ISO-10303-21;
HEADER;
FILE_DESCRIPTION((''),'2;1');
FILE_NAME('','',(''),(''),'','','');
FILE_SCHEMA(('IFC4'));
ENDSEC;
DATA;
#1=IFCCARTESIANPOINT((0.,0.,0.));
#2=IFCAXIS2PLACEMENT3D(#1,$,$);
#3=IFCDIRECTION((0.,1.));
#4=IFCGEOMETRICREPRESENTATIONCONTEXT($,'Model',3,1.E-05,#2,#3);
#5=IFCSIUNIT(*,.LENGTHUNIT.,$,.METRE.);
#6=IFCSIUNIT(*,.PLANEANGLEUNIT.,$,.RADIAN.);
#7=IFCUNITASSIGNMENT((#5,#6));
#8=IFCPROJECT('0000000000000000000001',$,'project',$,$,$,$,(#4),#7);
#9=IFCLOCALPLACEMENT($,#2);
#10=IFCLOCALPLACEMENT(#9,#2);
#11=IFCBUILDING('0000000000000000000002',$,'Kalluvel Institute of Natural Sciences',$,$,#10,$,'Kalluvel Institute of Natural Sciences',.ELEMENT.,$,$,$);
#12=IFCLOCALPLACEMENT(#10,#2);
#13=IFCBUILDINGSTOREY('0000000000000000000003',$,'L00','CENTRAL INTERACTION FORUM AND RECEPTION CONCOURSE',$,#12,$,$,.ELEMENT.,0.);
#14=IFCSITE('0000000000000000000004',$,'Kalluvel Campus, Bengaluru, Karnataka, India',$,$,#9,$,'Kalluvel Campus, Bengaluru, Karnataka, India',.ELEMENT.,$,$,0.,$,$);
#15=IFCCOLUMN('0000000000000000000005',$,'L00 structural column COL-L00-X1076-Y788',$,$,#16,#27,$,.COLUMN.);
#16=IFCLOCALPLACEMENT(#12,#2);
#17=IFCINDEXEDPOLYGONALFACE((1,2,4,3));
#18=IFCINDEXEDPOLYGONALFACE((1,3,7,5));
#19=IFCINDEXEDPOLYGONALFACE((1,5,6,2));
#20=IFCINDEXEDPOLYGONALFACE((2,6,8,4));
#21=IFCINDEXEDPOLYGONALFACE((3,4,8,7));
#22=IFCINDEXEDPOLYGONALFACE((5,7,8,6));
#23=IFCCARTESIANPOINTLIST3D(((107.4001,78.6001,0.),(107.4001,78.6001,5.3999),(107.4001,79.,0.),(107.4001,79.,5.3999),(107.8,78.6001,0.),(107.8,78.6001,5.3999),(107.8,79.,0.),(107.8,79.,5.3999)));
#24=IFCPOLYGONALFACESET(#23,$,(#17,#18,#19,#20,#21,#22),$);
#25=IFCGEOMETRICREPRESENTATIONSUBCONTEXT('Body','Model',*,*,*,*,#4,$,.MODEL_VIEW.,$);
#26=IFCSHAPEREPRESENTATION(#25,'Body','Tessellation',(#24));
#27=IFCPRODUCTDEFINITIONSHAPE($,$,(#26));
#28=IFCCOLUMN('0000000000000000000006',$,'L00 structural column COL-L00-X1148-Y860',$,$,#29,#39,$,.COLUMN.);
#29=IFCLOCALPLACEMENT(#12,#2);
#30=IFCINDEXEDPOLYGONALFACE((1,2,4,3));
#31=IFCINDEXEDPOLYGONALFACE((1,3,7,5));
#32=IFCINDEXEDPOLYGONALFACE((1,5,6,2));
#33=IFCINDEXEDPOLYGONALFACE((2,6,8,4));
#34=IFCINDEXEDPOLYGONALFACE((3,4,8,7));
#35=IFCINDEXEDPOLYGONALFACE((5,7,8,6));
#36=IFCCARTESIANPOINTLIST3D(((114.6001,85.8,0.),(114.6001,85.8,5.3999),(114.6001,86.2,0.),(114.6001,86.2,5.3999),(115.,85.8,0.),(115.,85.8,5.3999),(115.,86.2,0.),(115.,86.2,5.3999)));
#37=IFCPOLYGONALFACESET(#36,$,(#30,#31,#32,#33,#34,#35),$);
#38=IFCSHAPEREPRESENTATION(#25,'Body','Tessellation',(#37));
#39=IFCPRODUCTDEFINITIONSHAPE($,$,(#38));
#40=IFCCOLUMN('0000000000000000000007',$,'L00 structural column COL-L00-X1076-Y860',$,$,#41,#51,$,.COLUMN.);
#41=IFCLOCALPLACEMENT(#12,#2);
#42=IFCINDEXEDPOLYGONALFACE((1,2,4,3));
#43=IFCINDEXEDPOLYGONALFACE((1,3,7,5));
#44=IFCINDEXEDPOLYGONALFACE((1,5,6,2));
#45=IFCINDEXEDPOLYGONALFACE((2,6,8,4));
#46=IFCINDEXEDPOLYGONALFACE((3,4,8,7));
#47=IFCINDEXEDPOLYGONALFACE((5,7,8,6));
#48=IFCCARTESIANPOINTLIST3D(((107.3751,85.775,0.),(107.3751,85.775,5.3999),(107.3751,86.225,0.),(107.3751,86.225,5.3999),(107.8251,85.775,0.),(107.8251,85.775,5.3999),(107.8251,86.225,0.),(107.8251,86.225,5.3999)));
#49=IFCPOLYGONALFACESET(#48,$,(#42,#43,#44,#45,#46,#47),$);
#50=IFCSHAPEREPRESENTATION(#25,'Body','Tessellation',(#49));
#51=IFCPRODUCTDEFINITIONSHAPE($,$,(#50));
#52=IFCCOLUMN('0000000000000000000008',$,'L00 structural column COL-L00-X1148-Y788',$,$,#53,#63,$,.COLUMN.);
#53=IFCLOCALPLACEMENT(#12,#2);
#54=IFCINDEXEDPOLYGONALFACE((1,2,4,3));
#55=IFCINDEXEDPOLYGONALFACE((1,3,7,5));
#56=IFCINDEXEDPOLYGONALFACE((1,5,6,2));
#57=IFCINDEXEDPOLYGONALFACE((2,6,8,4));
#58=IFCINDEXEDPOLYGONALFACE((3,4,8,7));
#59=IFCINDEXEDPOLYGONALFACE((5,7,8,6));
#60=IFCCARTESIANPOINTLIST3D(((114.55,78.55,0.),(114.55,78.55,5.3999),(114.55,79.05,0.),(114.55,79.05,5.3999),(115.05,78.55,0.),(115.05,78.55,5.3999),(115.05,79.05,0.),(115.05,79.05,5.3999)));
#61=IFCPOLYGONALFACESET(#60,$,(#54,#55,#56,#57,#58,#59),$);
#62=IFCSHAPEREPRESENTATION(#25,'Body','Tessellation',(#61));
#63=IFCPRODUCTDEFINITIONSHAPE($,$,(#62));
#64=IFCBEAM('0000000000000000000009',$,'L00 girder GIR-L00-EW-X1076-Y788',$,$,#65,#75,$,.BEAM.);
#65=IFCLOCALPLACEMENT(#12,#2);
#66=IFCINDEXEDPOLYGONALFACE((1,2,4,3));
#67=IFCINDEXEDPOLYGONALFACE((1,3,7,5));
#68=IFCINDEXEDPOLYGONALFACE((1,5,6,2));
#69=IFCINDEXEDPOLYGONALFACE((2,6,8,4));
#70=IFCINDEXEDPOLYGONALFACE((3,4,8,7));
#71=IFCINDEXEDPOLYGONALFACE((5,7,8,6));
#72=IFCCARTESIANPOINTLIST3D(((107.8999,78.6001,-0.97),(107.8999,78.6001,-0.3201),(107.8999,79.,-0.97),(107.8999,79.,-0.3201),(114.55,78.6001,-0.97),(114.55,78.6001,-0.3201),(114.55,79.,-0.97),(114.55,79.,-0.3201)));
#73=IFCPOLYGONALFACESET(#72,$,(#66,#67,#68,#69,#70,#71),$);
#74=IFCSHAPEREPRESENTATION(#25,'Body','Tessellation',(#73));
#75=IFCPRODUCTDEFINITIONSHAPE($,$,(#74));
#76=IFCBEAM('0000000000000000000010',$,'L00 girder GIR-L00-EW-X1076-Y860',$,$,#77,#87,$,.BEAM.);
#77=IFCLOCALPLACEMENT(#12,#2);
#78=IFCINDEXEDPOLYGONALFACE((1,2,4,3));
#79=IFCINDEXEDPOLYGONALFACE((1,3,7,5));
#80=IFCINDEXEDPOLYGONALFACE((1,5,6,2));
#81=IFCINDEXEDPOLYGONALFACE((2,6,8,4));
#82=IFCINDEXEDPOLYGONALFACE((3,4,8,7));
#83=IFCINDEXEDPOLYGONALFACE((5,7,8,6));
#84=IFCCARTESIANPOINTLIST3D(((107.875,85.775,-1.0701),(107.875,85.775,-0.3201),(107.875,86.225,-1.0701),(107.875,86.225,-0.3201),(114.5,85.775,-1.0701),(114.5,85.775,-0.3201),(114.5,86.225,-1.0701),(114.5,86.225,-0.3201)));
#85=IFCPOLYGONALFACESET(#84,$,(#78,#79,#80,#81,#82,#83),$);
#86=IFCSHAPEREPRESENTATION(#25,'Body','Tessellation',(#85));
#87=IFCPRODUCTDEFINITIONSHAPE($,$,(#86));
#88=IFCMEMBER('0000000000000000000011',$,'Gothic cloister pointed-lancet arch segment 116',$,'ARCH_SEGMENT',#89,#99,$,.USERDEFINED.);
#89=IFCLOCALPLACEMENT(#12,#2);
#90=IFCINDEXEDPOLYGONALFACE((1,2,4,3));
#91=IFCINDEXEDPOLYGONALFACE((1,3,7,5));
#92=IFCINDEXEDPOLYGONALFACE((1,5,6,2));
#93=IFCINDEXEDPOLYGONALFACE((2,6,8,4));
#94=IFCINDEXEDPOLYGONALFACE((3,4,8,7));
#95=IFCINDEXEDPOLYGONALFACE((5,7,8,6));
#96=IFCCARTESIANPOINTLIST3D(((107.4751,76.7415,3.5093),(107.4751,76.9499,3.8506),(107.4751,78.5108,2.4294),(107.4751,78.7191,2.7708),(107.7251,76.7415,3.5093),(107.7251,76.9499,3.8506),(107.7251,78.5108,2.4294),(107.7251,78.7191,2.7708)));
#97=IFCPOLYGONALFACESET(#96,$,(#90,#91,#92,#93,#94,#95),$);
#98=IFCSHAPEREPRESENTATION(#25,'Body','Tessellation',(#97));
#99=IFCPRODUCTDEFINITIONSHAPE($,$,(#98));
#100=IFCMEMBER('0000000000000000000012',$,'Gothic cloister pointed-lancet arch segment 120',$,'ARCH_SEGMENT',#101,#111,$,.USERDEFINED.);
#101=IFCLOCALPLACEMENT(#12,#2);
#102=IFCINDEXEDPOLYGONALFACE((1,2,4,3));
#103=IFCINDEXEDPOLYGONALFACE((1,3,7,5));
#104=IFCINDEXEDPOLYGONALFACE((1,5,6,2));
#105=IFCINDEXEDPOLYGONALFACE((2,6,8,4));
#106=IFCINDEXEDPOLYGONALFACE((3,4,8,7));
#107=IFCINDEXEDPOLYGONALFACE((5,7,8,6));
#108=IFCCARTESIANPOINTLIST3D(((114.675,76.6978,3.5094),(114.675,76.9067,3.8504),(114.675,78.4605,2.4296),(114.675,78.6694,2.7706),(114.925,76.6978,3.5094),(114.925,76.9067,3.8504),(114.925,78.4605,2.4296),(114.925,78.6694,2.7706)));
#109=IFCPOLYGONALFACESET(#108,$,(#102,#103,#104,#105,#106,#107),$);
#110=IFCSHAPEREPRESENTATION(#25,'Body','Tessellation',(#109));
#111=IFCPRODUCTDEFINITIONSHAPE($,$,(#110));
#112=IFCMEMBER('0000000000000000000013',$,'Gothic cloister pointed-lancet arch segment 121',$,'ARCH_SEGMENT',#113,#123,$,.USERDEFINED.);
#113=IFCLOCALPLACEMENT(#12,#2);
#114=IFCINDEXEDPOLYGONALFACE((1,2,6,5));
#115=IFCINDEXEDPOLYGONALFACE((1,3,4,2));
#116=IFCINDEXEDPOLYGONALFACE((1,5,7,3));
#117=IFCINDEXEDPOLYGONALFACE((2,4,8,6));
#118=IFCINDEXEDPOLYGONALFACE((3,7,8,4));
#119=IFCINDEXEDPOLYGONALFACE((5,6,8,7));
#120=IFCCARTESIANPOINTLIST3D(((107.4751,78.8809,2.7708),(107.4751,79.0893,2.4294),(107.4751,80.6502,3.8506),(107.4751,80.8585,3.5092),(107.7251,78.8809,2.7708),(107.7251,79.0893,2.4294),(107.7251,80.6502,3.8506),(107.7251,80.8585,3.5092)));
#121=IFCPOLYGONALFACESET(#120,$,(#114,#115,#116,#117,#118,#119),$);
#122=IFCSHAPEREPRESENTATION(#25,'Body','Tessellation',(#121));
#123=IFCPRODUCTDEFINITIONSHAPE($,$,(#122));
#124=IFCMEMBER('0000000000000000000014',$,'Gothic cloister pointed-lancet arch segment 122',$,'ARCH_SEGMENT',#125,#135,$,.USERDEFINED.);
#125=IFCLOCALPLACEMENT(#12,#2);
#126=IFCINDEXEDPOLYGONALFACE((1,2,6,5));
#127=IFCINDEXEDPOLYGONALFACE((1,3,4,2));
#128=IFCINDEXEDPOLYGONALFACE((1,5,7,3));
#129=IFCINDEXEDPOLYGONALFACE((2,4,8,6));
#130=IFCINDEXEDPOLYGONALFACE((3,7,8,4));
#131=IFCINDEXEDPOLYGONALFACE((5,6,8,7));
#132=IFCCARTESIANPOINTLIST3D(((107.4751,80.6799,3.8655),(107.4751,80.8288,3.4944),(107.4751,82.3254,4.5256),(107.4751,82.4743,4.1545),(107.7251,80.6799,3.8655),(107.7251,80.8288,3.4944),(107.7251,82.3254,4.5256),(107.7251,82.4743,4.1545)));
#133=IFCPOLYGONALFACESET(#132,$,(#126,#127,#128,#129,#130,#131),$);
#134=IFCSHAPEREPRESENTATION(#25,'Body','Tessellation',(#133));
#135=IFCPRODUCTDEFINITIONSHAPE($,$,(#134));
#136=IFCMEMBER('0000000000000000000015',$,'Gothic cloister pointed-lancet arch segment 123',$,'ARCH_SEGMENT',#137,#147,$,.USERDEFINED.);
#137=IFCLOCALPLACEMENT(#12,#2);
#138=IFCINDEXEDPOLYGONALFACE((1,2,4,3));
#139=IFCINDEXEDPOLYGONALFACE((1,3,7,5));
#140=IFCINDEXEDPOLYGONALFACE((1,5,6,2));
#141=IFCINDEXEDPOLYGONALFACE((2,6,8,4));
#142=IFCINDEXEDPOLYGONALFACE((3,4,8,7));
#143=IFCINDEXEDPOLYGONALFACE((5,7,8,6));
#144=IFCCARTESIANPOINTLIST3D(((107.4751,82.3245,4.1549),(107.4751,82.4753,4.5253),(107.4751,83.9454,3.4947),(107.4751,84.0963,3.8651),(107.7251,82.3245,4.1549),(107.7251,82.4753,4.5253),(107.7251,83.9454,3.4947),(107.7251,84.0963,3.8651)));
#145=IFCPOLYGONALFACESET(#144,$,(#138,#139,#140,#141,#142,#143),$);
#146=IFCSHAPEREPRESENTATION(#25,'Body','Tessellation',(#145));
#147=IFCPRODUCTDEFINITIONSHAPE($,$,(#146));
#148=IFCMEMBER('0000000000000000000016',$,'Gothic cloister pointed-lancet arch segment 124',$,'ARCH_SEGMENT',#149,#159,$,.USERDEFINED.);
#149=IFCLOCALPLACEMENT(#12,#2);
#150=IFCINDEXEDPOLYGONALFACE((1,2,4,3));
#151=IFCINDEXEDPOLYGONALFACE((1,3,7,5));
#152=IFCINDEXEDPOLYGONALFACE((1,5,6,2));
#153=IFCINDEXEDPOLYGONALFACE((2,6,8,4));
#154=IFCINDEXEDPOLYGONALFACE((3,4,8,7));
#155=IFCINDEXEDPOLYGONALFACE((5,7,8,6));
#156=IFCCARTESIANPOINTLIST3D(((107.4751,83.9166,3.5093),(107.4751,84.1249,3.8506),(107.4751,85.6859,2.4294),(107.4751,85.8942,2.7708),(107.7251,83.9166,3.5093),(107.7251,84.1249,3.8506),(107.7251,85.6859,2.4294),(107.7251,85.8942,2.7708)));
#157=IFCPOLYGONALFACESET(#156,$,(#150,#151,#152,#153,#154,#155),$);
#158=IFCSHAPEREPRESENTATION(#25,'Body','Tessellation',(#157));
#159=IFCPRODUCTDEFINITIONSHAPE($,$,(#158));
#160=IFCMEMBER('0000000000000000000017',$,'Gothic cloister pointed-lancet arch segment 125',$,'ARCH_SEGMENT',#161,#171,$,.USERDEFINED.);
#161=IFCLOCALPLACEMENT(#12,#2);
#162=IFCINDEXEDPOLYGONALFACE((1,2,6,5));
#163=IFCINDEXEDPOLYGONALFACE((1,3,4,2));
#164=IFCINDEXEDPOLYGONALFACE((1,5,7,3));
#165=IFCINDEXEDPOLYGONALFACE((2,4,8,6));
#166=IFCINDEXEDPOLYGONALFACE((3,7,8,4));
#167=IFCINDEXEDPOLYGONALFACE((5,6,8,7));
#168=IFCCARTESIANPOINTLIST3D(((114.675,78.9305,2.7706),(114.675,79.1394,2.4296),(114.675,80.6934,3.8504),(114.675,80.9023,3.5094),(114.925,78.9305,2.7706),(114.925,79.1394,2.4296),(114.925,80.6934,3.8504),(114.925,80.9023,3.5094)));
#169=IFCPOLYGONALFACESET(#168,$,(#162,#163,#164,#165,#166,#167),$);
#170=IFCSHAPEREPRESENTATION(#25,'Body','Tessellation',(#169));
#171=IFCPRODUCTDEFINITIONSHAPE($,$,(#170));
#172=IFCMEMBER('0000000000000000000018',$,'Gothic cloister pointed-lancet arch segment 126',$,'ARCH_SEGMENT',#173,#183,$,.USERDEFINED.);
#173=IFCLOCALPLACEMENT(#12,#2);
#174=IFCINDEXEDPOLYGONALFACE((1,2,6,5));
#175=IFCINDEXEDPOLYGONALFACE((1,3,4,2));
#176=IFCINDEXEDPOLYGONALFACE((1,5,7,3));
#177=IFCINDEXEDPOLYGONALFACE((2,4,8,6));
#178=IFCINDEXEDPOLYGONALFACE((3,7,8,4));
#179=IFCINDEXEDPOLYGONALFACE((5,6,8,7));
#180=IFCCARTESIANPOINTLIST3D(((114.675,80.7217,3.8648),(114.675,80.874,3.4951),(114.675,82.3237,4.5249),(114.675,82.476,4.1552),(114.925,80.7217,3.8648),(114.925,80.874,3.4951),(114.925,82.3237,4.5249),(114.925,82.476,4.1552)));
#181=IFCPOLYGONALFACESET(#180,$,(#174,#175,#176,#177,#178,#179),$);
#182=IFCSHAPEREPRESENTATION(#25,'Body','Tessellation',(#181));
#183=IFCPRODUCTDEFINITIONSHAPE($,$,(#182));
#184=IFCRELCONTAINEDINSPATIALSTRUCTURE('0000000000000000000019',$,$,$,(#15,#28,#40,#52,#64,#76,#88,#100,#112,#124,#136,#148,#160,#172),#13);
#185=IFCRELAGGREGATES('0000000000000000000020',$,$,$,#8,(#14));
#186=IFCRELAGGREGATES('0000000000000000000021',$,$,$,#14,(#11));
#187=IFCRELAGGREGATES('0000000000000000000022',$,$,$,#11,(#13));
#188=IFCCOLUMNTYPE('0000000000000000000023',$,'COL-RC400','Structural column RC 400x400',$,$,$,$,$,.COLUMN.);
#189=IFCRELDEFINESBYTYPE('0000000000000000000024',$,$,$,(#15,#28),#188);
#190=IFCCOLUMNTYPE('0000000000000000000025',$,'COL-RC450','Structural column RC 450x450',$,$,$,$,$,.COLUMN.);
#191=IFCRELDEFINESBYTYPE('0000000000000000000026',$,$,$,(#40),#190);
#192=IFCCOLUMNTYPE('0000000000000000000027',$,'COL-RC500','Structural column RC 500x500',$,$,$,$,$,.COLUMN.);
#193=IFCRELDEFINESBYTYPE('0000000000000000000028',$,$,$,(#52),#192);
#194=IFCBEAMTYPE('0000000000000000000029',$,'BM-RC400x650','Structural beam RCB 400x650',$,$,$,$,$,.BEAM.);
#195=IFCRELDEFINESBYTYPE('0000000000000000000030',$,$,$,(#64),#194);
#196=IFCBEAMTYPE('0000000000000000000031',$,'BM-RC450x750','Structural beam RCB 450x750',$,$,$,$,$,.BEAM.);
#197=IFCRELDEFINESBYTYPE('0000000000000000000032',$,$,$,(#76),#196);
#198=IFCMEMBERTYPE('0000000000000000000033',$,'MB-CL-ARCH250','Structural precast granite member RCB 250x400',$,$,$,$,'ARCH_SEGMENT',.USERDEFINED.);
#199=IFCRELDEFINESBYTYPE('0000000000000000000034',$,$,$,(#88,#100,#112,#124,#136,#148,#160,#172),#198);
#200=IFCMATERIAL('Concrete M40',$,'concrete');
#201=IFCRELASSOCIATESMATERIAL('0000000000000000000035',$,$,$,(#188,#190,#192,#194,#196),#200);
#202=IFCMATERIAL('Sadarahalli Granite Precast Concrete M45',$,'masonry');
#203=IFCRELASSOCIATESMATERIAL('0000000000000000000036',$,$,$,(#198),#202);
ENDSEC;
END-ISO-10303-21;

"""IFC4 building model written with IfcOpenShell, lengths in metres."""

from ifc_helpers import new_model, si_unit, direction, frame, origin, origin_2d, place, context, subcontext, project, spatial, rectangle, extrude, material, material_profile, profile_set, type_object, element, save


model = new_model("IFC4")

# Units and contexts
model_context = context("Model", 3, precision=1e-05, world=origin(), true_north=direction((0.0, 1.0)))
body_context = subcontext(model_context, "Body", "Model", "MODEL_VIEW")
ifc_project = project(units=[si_unit("LENGTHUNIT", "METRE"), si_unit("PLANEANGLEUNIT", "RADIAN")], contexts=[model_context])

# Site, building, storey
site_placement = place(None, origin())
site = spatial("IfcSite", under=ifc_project, at=site_placement, Name="Kalluvel Campus, Bengaluru, Karnataka, India", LongName="Kalluvel Campus, Bengaluru, Karnataka, India", CompositionType="ELEMENT", RefElevation=0.0)
building_placement = place(site_placement, origin())
building = spatial("IfcBuilding", under=site, at=building_placement, Name="Kalluvel Institute of Natural Sciences", LongName="Kalluvel Institute of Natural Sciences", CompositionType="ELEMENT")
storey_placement = place(building_placement, origin())
storey = spatial("IfcBuildingStorey", under=building, at=storey_placement, Name="L00", Description="CENTRAL INTERACTION FORUM AND RECEPTION CONCOURSE", CompositionType="ELEMENT", Elevation=0.0)

# Columns
ifc_material_1 = material(Name="Concrete M40", Category="concrete")
ifc_material_profile_1 = material_profile(ifc_material_1, rectangle(XDim=0.3999, YDim=0.3999, at=origin_2d()), Name="RC 400x400")
ifc_profile_set_1 = profile_set([ifc_material_profile_1], Name="Concrete M40")
column_type_1 = type_object("IfcColumnType", Name="COL-RC400", Description="Structural column RC 400x400", PredefinedType="COLUMN", material=ifc_profile_set_1)
for number, where, z_axis, x_axis, name in (
    (1, (107.6001, 78.8, 0.0), (0.0, 0.0, 1.0), (1.0, 0.0, 0.0), "L00 structural column COL-L00-X1076-Y788"),
    (2, (114.8, 86.0, 0.0), (0.0, 0.0, 1.0), (1.0, 0.0, 0.0), "L00 structural column COL-L00-X1148-Y860"),
):
    element("IfcColumn", number, at=place(storey_placement, frame(where, z_axis=z_axis, x_axis=x_axis)), inside=storey, type_object=column_type_1, Name=name, PredefinedType="COLUMN", context=body_context, shape_type="SweptSolid", body=[
        extrude(rectangle(XDim=0.3999, YDim=0.3999, at=origin_2d()), origin(), (0.0, 0.0, 1.0), 5.3999),
    ])
ifc_material_profile_2 = material_profile(ifc_material_1, rectangle(XDim=0.45, YDim=0.45, at=origin_2d()), Name="RC 450x450")
ifc_profile_set_2 = profile_set([ifc_material_profile_2], Name="Concrete M40")
column_type_2 = type_object("IfcColumnType", Name="COL-RC450", Description="Structural column RC 450x450", PredefinedType="COLUMN", material=ifc_profile_set_2)
column_1_placement = place(storey_placement, frame((107.6001, 86.0, 0.0), z_axis=(0.0, 0.0, 1.0), x_axis=(1.0, 0.0, 0.0)))
element("IfcColumn", 3, at=column_1_placement, inside=storey, type_object=column_type_2, Name="L00 structural column COL-L00-X1076-Y860", PredefinedType="COLUMN", context=body_context, shape_type="SweptSolid", body=[
    extrude(rectangle(XDim=0.45, YDim=0.45, at=origin_2d()), origin(), (0.0, 0.0, 1.0), 5.3999),
])
ifc_material_profile_3 = material_profile(ifc_material_1, rectangle(XDim=0.5, YDim=0.5, at=origin_2d()), Name="RC 500x500")
ifc_profile_set_3 = profile_set([ifc_material_profile_3], Name="Concrete M40")
column_type_3 = type_object("IfcColumnType", Name="COL-RC500", Description="Structural column RC 500x500", PredefinedType="COLUMN", material=ifc_profile_set_3)
column_2_placement = place(storey_placement, frame((114.8, 78.8, 0.0), z_axis=(0.0, 0.0, 1.0), x_axis=(1.0, 0.0, 0.0)))
element("IfcColumn", 4, at=column_2_placement, inside=storey, type_object=column_type_3, Name="L00 structural column COL-L00-X1148-Y788", PredefinedType="COLUMN", context=body_context, shape_type="SweptSolid", body=[
    extrude(rectangle(XDim=0.5, YDim=0.5, at=origin_2d()), origin(), (0.0, 0.0, 1.0), 5.3999),
])

# Beams
ifc_material_profile_4 = material_profile(ifc_material_1, rectangle(XDim=0.3999, YDim=0.6499, at=origin_2d()), Name="RCB 400x650")
ifc_profile_set_4 = profile_set([ifc_material_profile_4], Name="Concrete M40")
beam_type_1 = type_object("IfcBeamType", Name="BM-RC400x650", Description="Structural beam RCB 400x650", PredefinedType="BEAM", material=ifc_profile_set_4)
beam_1_placement = place(storey_placement, frame((107.8999, 78.8, -0.645), z_axis=(1.0, 0.0, 0.0), x_axis=(0.0, 1.0, 0.0)))
element("IfcBeam", 5, at=beam_1_placement, inside=storey, type_object=beam_type_1, Name="L00 girder GIR-L00-EW-X1076-Y788", PredefinedType="BEAM", context=body_context, shape_type="SweptSolid", body=[
    extrude(rectangle(XDim=0.3999, YDim=0.6499, at=origin_2d()), origin(), (0.0, 0.0, 1.0), 6.6501),
])
ifc_material_profile_5 = material_profile(ifc_material_1, rectangle(XDim=0.45, YDim=0.75, at=origin_2d()), Name="RCB 450x750")
ifc_profile_set_5 = profile_set([ifc_material_profile_5], Name="Concrete M40")
beam_type_2 = type_object("IfcBeamType", Name="BM-RC450x750", Description="Structural beam RCB 450x750", PredefinedType="BEAM", material=ifc_profile_set_5)
beam_2_placement = place(storey_placement, frame((107.875, 86.0, -0.6951), z_axis=(1.0, 0.0, 0.0), x_axis=(0.0, 1.0, 0.0)))
element("IfcBeam", 6, at=beam_2_placement, inside=storey, type_object=beam_type_2, Name="L00 girder GIR-L00-EW-X1076-Y860", PredefinedType="BEAM", context=body_context, shape_type="SweptSolid", body=[
    extrude(rectangle(XDim=0.45, YDim=0.75, at=origin_2d()), origin(), (0.0, 0.0, 1.0), 6.625),
])

# Members
ifc_material_2 = material(Name="Sadarahalli Granite Precast Concrete M45", Category="masonry")
ifc_material_profile_6 = material_profile(ifc_material_2, rectangle(XDim=0.25, YDim=0.3999, at=origin_2d()), Name="RCB 250x400")
ifc_profile_set_6 = profile_set([ifc_material_profile_6], Name="Sadarahalli Granite Precast Concrete M45")
member_type = type_object("IfcMemberType", Name="MB-CL-ARCH250", Description="Structural precast granite member RCB 250x400", ElementType="ARCH_SEGMENT", PredefinedType="USERDEFINED", material=ifc_profile_set_6)
member_1_placement = place(storey_placement, frame((107.6001, 76.8457, 3.6799), z_axis=(0.0, 0.853582, -0.520959), x_axis=(-1.0, 0.0, 0.0)))
element("IfcMember", 7, at=member_1_placement, inside=storey, type_object=member_type, Name="Gothic cloister pointed-lancet arch segment 116", ObjectType="ARCH_SEGMENT", PredefinedType="USERDEFINED", context=body_context, shape_type="SweptSolid", body=[
    extrude(rectangle(XDim=0.25, YDim=0.3999, at=origin_2d()), origin(), (0.0, 0.0, 1.0), 2.0728),
])
member_2_placement = place(storey_placement, frame((114.8, 76.8022, 3.6799), z_axis=(0.0, 0.852715, -0.522376), x_axis=(-1.0, 0.0, 0.0)))
element("IfcMember", 8, at=member_2_placement, inside=storey, type_object=member_type, Name="Gothic cloister pointed-lancet arch segment 120", ObjectType="ARCH_SEGMENT", PredefinedType="USERDEFINED", context=body_context, shape_type="SweptSolid", body=[
    extrude(rectangle(XDim=0.25, YDim=0.3999, at=origin_2d()), origin(), (0.0, 0.0, 1.0), 2.0671),
])
member_3_placement = place(storey_placement, frame((107.6001, 78.9851, 2.6001), z_axis=(0.0, 0.853582, 0.520959), x_axis=(-1.0, 0.0, 0.0)))
element("IfcMember", 9, at=member_3_placement, inside=storey, type_object=member_type, Name="Gothic cloister pointed-lancet arch segment 121", ObjectType="ARCH_SEGMENT", PredefinedType="USERDEFINED", context=body_context, shape_type="SweptSolid", body=[
    extrude(rectangle(XDim=0.25, YDim=0.3999, at=origin_2d()), origin(), (0.0, 0.0, 1.0), 2.0728),
])
member_4_placement = place(storey_placement, frame((107.6001, 80.7544, 3.6799), z_axis=(0.0, 0.928096, 0.37234), x_axis=(-1.0, 0.0, 0.0)))
element("IfcMember", 10, at=member_4_placement, inside=storey, type_object=member_type, Name="Gothic cloister pointed-lancet arch segment 122", ObjectType="ARCH_SEGMENT", PredefinedType="USERDEFINED", context=body_context, shape_type="SweptSolid", body=[
    extrude(rectangle(XDim=0.25, YDim=0.3999, at=origin_2d()), origin(), (0.0, 0.0, 1.0), 1.7729),
])
member_5_placement = place(storey_placement, frame((107.6001, 82.3999, 4.3401), z_axis=(0.0, 0.92613, -0.377204), x_axis=(-1.0, 0.0, 0.0)))
element("IfcMember", 11, at=member_5_placement, inside=storey, type_object=member_type, Name="Gothic cloister pointed-lancet arch segment 123", ObjectType="ARCH_SEGMENT", PredefinedType="USERDEFINED", context=body_context, shape_type="SweptSolid", body=[
    extrude(rectangle(XDim=0.25, YDim=0.3999, at=origin_2d()), origin(), (0.0, 0.0, 1.0), 1.7502),
])
member_6_placement = place(storey_placement, frame((107.6001, 84.0208, 3.6799), z_axis=(0.0, 0.853582, -0.520959), x_axis=(-1.0, 0.0, 0.0)))
element("IfcMember", 12, at=member_6_placement, inside=storey, type_object=member_type, Name="Gothic cloister pointed-lancet arch segment 124", ObjectType="ARCH_SEGMENT", PredefinedType="USERDEFINED", context=body_context, shape_type="SweptSolid", body=[
    extrude(rectangle(XDim=0.25, YDim=0.3999, at=origin_2d()), origin(), (0.0, 0.0, 1.0), 2.0728),
])
member_7_placement = place(storey_placement, frame((114.8, 79.0349, 2.6001), z_axis=(0.0, 0.852747, 0.522324), x_axis=(-1.0, 0.0, 0.0)))
element("IfcMember", 13, at=member_7_placement, inside=storey, type_object=member_type, Name="Gothic cloister pointed-lancet arch segment 125", ObjectType="ARCH_SEGMENT", PredefinedType="USERDEFINED", context=body_context, shape_type="SweptSolid", body=[
    extrude(rectangle(XDim=0.25, YDim=0.3999, at=origin_2d()), origin(), (0.0, 0.0, 1.0), 2.0674),
])
member_8_placement = place(storey_placement, frame((114.8, 80.7979, 3.6799), z_axis=(0.0, 0.924579, 0.380991), x_axis=(-1.0, 0.0, 0.0)))
element("IfcMember", 14, at=member_8_placement, inside=storey, type_object=member_type, Name="Gothic cloister pointed-lancet arch segment 126", ObjectType="ARCH_SEGMENT", PredefinedType="USERDEFINED", context=body_context, shape_type="SweptSolid", body=[
    extrude(rectangle(XDim=0.25, YDim=0.3999, at=origin_2d()), origin(), (0.0, 0.0, 1.0), 1.7327),
])

save(model, "model.ifc")
